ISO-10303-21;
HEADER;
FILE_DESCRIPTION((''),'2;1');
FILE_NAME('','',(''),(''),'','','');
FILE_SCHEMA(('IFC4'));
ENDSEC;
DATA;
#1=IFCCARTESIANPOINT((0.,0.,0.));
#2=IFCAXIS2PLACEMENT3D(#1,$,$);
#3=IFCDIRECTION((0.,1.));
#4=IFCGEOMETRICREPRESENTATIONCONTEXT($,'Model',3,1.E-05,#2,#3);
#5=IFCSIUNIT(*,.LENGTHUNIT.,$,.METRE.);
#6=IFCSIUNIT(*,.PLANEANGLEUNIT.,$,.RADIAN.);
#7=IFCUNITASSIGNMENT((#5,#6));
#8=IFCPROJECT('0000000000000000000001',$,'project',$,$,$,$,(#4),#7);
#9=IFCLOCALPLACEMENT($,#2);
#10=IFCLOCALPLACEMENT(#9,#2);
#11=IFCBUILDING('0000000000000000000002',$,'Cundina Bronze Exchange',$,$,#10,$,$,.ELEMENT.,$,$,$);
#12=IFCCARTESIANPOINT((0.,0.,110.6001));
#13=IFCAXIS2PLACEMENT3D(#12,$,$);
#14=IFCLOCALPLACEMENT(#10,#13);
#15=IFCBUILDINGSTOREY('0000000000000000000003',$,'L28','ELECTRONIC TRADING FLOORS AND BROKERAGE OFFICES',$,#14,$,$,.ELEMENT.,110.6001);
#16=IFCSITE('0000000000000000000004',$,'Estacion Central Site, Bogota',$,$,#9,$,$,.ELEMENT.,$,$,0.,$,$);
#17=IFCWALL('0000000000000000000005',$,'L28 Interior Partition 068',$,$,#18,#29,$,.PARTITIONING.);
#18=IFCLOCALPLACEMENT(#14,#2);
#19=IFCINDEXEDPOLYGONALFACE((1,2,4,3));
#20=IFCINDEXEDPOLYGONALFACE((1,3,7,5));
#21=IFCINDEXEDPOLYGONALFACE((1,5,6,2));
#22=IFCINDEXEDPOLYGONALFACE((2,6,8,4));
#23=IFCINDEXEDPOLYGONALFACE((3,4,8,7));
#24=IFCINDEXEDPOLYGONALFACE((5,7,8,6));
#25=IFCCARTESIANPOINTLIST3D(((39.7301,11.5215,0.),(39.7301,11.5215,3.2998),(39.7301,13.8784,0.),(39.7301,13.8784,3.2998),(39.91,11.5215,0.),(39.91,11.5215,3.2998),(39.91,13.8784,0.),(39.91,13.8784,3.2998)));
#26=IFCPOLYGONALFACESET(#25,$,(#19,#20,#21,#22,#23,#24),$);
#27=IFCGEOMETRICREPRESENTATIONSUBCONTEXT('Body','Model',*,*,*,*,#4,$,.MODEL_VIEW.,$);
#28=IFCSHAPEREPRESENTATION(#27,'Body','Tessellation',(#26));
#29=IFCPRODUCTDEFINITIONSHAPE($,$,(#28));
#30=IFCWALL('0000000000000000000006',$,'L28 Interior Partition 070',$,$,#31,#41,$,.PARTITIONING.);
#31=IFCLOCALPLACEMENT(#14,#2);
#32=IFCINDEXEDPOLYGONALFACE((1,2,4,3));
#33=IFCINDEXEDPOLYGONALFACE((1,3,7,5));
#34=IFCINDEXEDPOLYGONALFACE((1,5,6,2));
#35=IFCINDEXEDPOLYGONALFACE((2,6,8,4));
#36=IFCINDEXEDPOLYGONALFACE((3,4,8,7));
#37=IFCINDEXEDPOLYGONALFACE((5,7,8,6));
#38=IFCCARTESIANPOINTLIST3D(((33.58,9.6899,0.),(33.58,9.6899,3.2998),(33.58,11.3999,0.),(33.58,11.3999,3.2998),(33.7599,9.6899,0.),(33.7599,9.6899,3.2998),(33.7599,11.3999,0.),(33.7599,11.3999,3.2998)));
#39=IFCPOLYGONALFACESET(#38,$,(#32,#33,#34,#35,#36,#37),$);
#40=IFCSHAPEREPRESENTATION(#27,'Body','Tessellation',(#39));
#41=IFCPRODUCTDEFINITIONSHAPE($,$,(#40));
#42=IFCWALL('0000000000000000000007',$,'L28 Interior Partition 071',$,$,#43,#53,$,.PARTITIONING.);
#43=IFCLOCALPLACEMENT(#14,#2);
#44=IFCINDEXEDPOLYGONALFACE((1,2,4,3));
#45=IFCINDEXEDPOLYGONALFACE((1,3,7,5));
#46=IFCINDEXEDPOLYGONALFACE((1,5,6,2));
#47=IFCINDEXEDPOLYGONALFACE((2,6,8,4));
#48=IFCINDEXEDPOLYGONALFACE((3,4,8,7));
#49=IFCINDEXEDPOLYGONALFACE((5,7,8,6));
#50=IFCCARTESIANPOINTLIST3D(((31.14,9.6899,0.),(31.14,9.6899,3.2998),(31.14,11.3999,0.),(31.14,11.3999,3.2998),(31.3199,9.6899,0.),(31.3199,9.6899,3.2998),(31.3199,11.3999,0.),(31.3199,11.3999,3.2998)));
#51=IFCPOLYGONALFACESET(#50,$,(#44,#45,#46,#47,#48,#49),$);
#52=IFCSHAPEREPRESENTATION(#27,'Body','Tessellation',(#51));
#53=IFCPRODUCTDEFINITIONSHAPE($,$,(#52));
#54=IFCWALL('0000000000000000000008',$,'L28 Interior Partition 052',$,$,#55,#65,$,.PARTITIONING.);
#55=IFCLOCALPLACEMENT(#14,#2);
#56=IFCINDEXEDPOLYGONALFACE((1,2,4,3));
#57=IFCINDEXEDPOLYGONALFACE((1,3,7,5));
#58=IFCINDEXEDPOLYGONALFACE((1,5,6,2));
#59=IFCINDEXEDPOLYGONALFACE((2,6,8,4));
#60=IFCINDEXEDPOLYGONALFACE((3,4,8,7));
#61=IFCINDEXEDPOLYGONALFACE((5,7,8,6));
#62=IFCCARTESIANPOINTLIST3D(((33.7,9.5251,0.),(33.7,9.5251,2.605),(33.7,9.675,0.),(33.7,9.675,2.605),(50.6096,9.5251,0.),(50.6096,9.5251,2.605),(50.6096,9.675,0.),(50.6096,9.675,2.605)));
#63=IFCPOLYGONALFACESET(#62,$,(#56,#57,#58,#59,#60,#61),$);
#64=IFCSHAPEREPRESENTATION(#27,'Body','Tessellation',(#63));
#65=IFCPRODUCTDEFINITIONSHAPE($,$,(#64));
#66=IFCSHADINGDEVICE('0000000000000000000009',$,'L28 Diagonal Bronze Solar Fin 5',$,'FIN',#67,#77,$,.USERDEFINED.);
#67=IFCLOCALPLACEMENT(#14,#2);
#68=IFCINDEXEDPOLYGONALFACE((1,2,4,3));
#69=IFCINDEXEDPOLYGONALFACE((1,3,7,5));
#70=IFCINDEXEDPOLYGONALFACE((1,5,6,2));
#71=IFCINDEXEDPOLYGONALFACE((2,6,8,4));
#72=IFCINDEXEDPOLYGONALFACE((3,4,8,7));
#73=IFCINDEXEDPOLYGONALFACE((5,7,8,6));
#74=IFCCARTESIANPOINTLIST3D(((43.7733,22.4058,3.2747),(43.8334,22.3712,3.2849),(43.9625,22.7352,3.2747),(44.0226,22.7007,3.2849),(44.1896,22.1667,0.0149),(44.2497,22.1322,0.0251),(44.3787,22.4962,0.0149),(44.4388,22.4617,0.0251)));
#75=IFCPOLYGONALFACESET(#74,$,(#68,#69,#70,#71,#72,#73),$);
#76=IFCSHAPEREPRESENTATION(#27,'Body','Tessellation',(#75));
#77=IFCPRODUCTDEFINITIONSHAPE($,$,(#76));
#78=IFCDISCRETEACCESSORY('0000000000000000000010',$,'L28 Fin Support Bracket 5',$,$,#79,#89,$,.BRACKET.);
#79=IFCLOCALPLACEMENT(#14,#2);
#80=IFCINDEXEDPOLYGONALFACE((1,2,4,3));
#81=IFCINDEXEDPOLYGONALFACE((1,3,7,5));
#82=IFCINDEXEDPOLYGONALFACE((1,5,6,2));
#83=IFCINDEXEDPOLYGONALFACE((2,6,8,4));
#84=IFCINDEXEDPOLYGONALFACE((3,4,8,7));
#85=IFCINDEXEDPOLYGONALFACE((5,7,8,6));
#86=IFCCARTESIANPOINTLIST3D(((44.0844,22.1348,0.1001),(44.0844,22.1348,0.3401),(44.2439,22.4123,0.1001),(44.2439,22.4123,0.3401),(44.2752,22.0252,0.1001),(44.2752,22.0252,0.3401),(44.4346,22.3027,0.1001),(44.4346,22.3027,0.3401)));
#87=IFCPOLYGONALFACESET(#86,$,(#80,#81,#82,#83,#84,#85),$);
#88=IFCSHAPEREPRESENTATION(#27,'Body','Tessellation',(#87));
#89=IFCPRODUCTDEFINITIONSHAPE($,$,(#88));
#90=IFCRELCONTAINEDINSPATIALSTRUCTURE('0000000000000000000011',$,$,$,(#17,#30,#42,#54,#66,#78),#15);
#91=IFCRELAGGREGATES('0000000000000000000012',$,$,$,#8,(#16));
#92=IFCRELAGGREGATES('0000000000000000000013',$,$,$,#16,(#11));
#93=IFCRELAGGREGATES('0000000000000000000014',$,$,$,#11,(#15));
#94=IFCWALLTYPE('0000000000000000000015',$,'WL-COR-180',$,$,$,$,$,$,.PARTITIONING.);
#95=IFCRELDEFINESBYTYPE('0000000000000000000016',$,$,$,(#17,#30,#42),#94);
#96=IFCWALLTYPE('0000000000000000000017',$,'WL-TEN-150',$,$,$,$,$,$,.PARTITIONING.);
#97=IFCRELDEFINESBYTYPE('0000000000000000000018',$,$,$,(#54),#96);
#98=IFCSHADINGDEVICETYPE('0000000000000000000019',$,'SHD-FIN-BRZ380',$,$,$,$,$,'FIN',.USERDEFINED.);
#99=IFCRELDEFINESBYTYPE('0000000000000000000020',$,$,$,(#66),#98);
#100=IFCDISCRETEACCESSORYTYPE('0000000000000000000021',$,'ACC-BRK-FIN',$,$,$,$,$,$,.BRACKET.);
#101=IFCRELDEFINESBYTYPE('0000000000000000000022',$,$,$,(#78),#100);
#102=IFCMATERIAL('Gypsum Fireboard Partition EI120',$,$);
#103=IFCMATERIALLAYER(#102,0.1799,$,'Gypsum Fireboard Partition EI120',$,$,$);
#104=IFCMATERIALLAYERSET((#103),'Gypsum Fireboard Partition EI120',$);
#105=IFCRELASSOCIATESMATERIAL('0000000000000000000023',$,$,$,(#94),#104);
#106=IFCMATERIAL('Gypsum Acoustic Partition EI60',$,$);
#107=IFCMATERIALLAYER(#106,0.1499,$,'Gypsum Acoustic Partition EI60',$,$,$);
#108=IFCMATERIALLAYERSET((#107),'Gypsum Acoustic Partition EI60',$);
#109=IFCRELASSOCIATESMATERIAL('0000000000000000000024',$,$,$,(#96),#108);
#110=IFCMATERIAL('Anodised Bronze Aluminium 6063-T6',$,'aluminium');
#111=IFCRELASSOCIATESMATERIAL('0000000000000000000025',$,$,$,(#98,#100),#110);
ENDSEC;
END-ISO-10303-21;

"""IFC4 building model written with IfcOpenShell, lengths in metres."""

from ifc_helpers import new_model, si_unit, direction, frame, frame_2d, origin, origin_2d, place, context, subcontext, project, spatial, rectangle, extrude, material, layer, layer_set, material_profile, profile_set, type_object, element, save


model = new_model("IFC4")

# Units and contexts
model_context = context("Model", 3, precision=1e-05, world=origin(), true_north=direction((0.0, 1.0)))
body_context = subcontext(model_context, "Body", "Model", "MODEL_VIEW")
ifc_project = project(units=[si_unit("LENGTHUNIT", "METRE"), si_unit("PLANEANGLEUNIT", "RADIAN")], contexts=[model_context])

# Site, building, storey
site_placement = place(None, origin())
site = spatial("IfcSite", under=ifc_project, at=site_placement, Name="Estacion Central Site, Bogota", CompositionType="ELEMENT", RefElevation=0.0)
building_placement = place(site_placement, origin())
building = spatial("IfcBuilding", under=site, at=building_placement, Name="Cundina Bronze Exchange", CompositionType="ELEMENT")
storey_placement = place(building_placement, frame((0.0, 0.0, 110.6001)))
storey = spatial("IfcBuildingStorey", under=building, at=storey_placement, Name="L28", Description="ELECTRONIC TRADING FLOORS AND BROKERAGE OFFICES", CompositionType="ELEMENT", Elevation=110.6001)

# Shared definitions
ifc_material_1 = material(Name="Anodised Bronze Aluminium 6063-T6", Category="aluminium")

# Shared definitions
ifc_material_2 = material(Name="Gypsum Fireboard Partition EI120")
ifc_layer_1 = layer(ifc_material_2, 0.1799, Name="Gypsum Fireboard Partition EI120")
ifc_layer_set_1 = layer_set([ifc_layer_1], Name="Gypsum Fireboard Partition EI120")
wall_type_1 = type_object("IfcWallType", Name="WL-COR-180", PredefinedType="PARTITIONING", material=ifc_layer_set_1)

# Walls
wall_1_placement = place(storey_placement, frame((39.8201, 11.5215, 0.0), z_axis=(0.0, 0.0, 1.0), x_axis=(0.0, 1.0, 0.0)))
element("IfcWall", 1, at=wall_1_placement, inside=storey, type_object=wall_type_1, Name="L28 Interior Partition 068", PredefinedType="PARTITIONING", context=body_context, shape_type="SweptSolid", body=[
    extrude(rectangle(XDim=2.3569, YDim=0.1799, at=frame_2d((1.1785, 0.0))), origin(), (0.0, 0.0, 1.0), 3.2998),
])
for number, where, z_axis, x_axis, name in (
    (2, (33.6699, 9.6899, 0.0), (0.0, 0.0, 1.0), (0.0, 1.0, 0.0), "L28 Interior Partition 070"),
    (3, (31.23, 11.3999, 0.0), (0.0, 0.0, 1.0), (0.0, -1.0, 0.0), "L28 Interior Partition 071"),
):
    element("IfcWall", number, at=place(storey_placement, frame(where, z_axis=z_axis, x_axis=x_axis)), inside=storey, type_object=wall_type_1, Name=name, PredefinedType="PARTITIONING", context=body_context, shape_type="SweptSolid", body=[
        extrude(rectangle(XDim=1.71, YDim=0.1799, at=frame_2d((0.855, 0.0))), origin(), (0.0, 0.0, 1.0), 3.2998),
    ])
ifc_material_3 = material(Name="Gypsum Acoustic Partition EI60")
ifc_layer_2 = layer(ifc_material_3, 0.1499, Name="Gypsum Acoustic Partition EI60")
ifc_layer_set_2 = layer_set([ifc_layer_2], Name="Gypsum Acoustic Partition EI60")
wall_type_2 = type_object("IfcWallType", Name="WL-TEN-150", PredefinedType="PARTITIONING", material=ifc_layer_set_2)
wall_2_placement = place(storey_placement, frame((33.7, 9.6001, 0.0), z_axis=(0.0, 0.0, 1.0), x_axis=(1.0, 0.0, 0.0)))
element("IfcWall", 4, at=wall_2_placement, inside=storey, type_object=wall_type_2, Name="L28 Interior Partition 052", PredefinedType="PARTITIONING", context=body_context, shape_type="SweptSolid", body=[
    extrude(rectangle(XDim=16.9097, YDim=0.1499, at=frame_2d((8.4548, 0.0))), origin(), (0.0, 0.0, 1.0), 2.605),
])

# Shading device
ifc_material_profile_1 = material_profile(ifc_material_1, rectangle(XDim=0.0701, YDim=0.3799, at=origin_2d()), Name="FIN70X380", Category="aluminium")
ifc_profile_set_1 = profile_set([ifc_material_profile_1], Name="Anodised Bronze Aluminium 6063-T6")
shading_device_type = type_object("IfcShadingDeviceType", Name="SHD-FIN-BRZ380", ElementType="FIN", PredefinedType="USERDEFINED", material=ifc_profile_set_1)
shading_device_placement = place(storey_placement, frame((44.3142, 22.3142, 0.02), z_axis=(-0.126334, 0.07254, 0.989332), x_axis=(0.857957, -0.492633, 0.145679)))
element("IfcShadingDevice", 5, at=shading_device_placement, inside=storey, type_object=shading_device_type, Name="L28 Diagonal Bronze Solar Fin 5", ObjectType="FIN", PredefinedType="USERDEFINED", context=body_context, shape_type="SweptSolid", body=[
    extrude(rectangle(XDim=0.0701, YDim=0.3799, at=origin_2d()), origin(), (0.0, 0.0, 1.0), 3.2949),
])

# Discrete accessory
discrete_accessory_type = type_object("IfcDiscreteAccessoryType", Name="ACC-BRK-FIN", PredefinedType="BRACKET", material=ifc_material_1)
discrete_accessory_placement = place(storey_placement, frame((44.2595, 22.2188, 0.1001), z_axis=(0.0, 0.0, 1.0), x_axis=(-0.867105, 0.498125, 0.0)))
element("IfcDiscreteAccessory", 6, at=discrete_accessory_placement, inside=storey, type_object=discrete_accessory_type, Name="L28 Fin Support Bracket 5", PredefinedType="BRACKET", context=body_context, shape_type="SweptSolid", body=[
    extrude(rectangle(XDim=0.22, YDim=0.3201, at=origin_2d()), origin(), (0.0, 0.0, 1.0), 0.24),
])

save(model, "model.ifc")
